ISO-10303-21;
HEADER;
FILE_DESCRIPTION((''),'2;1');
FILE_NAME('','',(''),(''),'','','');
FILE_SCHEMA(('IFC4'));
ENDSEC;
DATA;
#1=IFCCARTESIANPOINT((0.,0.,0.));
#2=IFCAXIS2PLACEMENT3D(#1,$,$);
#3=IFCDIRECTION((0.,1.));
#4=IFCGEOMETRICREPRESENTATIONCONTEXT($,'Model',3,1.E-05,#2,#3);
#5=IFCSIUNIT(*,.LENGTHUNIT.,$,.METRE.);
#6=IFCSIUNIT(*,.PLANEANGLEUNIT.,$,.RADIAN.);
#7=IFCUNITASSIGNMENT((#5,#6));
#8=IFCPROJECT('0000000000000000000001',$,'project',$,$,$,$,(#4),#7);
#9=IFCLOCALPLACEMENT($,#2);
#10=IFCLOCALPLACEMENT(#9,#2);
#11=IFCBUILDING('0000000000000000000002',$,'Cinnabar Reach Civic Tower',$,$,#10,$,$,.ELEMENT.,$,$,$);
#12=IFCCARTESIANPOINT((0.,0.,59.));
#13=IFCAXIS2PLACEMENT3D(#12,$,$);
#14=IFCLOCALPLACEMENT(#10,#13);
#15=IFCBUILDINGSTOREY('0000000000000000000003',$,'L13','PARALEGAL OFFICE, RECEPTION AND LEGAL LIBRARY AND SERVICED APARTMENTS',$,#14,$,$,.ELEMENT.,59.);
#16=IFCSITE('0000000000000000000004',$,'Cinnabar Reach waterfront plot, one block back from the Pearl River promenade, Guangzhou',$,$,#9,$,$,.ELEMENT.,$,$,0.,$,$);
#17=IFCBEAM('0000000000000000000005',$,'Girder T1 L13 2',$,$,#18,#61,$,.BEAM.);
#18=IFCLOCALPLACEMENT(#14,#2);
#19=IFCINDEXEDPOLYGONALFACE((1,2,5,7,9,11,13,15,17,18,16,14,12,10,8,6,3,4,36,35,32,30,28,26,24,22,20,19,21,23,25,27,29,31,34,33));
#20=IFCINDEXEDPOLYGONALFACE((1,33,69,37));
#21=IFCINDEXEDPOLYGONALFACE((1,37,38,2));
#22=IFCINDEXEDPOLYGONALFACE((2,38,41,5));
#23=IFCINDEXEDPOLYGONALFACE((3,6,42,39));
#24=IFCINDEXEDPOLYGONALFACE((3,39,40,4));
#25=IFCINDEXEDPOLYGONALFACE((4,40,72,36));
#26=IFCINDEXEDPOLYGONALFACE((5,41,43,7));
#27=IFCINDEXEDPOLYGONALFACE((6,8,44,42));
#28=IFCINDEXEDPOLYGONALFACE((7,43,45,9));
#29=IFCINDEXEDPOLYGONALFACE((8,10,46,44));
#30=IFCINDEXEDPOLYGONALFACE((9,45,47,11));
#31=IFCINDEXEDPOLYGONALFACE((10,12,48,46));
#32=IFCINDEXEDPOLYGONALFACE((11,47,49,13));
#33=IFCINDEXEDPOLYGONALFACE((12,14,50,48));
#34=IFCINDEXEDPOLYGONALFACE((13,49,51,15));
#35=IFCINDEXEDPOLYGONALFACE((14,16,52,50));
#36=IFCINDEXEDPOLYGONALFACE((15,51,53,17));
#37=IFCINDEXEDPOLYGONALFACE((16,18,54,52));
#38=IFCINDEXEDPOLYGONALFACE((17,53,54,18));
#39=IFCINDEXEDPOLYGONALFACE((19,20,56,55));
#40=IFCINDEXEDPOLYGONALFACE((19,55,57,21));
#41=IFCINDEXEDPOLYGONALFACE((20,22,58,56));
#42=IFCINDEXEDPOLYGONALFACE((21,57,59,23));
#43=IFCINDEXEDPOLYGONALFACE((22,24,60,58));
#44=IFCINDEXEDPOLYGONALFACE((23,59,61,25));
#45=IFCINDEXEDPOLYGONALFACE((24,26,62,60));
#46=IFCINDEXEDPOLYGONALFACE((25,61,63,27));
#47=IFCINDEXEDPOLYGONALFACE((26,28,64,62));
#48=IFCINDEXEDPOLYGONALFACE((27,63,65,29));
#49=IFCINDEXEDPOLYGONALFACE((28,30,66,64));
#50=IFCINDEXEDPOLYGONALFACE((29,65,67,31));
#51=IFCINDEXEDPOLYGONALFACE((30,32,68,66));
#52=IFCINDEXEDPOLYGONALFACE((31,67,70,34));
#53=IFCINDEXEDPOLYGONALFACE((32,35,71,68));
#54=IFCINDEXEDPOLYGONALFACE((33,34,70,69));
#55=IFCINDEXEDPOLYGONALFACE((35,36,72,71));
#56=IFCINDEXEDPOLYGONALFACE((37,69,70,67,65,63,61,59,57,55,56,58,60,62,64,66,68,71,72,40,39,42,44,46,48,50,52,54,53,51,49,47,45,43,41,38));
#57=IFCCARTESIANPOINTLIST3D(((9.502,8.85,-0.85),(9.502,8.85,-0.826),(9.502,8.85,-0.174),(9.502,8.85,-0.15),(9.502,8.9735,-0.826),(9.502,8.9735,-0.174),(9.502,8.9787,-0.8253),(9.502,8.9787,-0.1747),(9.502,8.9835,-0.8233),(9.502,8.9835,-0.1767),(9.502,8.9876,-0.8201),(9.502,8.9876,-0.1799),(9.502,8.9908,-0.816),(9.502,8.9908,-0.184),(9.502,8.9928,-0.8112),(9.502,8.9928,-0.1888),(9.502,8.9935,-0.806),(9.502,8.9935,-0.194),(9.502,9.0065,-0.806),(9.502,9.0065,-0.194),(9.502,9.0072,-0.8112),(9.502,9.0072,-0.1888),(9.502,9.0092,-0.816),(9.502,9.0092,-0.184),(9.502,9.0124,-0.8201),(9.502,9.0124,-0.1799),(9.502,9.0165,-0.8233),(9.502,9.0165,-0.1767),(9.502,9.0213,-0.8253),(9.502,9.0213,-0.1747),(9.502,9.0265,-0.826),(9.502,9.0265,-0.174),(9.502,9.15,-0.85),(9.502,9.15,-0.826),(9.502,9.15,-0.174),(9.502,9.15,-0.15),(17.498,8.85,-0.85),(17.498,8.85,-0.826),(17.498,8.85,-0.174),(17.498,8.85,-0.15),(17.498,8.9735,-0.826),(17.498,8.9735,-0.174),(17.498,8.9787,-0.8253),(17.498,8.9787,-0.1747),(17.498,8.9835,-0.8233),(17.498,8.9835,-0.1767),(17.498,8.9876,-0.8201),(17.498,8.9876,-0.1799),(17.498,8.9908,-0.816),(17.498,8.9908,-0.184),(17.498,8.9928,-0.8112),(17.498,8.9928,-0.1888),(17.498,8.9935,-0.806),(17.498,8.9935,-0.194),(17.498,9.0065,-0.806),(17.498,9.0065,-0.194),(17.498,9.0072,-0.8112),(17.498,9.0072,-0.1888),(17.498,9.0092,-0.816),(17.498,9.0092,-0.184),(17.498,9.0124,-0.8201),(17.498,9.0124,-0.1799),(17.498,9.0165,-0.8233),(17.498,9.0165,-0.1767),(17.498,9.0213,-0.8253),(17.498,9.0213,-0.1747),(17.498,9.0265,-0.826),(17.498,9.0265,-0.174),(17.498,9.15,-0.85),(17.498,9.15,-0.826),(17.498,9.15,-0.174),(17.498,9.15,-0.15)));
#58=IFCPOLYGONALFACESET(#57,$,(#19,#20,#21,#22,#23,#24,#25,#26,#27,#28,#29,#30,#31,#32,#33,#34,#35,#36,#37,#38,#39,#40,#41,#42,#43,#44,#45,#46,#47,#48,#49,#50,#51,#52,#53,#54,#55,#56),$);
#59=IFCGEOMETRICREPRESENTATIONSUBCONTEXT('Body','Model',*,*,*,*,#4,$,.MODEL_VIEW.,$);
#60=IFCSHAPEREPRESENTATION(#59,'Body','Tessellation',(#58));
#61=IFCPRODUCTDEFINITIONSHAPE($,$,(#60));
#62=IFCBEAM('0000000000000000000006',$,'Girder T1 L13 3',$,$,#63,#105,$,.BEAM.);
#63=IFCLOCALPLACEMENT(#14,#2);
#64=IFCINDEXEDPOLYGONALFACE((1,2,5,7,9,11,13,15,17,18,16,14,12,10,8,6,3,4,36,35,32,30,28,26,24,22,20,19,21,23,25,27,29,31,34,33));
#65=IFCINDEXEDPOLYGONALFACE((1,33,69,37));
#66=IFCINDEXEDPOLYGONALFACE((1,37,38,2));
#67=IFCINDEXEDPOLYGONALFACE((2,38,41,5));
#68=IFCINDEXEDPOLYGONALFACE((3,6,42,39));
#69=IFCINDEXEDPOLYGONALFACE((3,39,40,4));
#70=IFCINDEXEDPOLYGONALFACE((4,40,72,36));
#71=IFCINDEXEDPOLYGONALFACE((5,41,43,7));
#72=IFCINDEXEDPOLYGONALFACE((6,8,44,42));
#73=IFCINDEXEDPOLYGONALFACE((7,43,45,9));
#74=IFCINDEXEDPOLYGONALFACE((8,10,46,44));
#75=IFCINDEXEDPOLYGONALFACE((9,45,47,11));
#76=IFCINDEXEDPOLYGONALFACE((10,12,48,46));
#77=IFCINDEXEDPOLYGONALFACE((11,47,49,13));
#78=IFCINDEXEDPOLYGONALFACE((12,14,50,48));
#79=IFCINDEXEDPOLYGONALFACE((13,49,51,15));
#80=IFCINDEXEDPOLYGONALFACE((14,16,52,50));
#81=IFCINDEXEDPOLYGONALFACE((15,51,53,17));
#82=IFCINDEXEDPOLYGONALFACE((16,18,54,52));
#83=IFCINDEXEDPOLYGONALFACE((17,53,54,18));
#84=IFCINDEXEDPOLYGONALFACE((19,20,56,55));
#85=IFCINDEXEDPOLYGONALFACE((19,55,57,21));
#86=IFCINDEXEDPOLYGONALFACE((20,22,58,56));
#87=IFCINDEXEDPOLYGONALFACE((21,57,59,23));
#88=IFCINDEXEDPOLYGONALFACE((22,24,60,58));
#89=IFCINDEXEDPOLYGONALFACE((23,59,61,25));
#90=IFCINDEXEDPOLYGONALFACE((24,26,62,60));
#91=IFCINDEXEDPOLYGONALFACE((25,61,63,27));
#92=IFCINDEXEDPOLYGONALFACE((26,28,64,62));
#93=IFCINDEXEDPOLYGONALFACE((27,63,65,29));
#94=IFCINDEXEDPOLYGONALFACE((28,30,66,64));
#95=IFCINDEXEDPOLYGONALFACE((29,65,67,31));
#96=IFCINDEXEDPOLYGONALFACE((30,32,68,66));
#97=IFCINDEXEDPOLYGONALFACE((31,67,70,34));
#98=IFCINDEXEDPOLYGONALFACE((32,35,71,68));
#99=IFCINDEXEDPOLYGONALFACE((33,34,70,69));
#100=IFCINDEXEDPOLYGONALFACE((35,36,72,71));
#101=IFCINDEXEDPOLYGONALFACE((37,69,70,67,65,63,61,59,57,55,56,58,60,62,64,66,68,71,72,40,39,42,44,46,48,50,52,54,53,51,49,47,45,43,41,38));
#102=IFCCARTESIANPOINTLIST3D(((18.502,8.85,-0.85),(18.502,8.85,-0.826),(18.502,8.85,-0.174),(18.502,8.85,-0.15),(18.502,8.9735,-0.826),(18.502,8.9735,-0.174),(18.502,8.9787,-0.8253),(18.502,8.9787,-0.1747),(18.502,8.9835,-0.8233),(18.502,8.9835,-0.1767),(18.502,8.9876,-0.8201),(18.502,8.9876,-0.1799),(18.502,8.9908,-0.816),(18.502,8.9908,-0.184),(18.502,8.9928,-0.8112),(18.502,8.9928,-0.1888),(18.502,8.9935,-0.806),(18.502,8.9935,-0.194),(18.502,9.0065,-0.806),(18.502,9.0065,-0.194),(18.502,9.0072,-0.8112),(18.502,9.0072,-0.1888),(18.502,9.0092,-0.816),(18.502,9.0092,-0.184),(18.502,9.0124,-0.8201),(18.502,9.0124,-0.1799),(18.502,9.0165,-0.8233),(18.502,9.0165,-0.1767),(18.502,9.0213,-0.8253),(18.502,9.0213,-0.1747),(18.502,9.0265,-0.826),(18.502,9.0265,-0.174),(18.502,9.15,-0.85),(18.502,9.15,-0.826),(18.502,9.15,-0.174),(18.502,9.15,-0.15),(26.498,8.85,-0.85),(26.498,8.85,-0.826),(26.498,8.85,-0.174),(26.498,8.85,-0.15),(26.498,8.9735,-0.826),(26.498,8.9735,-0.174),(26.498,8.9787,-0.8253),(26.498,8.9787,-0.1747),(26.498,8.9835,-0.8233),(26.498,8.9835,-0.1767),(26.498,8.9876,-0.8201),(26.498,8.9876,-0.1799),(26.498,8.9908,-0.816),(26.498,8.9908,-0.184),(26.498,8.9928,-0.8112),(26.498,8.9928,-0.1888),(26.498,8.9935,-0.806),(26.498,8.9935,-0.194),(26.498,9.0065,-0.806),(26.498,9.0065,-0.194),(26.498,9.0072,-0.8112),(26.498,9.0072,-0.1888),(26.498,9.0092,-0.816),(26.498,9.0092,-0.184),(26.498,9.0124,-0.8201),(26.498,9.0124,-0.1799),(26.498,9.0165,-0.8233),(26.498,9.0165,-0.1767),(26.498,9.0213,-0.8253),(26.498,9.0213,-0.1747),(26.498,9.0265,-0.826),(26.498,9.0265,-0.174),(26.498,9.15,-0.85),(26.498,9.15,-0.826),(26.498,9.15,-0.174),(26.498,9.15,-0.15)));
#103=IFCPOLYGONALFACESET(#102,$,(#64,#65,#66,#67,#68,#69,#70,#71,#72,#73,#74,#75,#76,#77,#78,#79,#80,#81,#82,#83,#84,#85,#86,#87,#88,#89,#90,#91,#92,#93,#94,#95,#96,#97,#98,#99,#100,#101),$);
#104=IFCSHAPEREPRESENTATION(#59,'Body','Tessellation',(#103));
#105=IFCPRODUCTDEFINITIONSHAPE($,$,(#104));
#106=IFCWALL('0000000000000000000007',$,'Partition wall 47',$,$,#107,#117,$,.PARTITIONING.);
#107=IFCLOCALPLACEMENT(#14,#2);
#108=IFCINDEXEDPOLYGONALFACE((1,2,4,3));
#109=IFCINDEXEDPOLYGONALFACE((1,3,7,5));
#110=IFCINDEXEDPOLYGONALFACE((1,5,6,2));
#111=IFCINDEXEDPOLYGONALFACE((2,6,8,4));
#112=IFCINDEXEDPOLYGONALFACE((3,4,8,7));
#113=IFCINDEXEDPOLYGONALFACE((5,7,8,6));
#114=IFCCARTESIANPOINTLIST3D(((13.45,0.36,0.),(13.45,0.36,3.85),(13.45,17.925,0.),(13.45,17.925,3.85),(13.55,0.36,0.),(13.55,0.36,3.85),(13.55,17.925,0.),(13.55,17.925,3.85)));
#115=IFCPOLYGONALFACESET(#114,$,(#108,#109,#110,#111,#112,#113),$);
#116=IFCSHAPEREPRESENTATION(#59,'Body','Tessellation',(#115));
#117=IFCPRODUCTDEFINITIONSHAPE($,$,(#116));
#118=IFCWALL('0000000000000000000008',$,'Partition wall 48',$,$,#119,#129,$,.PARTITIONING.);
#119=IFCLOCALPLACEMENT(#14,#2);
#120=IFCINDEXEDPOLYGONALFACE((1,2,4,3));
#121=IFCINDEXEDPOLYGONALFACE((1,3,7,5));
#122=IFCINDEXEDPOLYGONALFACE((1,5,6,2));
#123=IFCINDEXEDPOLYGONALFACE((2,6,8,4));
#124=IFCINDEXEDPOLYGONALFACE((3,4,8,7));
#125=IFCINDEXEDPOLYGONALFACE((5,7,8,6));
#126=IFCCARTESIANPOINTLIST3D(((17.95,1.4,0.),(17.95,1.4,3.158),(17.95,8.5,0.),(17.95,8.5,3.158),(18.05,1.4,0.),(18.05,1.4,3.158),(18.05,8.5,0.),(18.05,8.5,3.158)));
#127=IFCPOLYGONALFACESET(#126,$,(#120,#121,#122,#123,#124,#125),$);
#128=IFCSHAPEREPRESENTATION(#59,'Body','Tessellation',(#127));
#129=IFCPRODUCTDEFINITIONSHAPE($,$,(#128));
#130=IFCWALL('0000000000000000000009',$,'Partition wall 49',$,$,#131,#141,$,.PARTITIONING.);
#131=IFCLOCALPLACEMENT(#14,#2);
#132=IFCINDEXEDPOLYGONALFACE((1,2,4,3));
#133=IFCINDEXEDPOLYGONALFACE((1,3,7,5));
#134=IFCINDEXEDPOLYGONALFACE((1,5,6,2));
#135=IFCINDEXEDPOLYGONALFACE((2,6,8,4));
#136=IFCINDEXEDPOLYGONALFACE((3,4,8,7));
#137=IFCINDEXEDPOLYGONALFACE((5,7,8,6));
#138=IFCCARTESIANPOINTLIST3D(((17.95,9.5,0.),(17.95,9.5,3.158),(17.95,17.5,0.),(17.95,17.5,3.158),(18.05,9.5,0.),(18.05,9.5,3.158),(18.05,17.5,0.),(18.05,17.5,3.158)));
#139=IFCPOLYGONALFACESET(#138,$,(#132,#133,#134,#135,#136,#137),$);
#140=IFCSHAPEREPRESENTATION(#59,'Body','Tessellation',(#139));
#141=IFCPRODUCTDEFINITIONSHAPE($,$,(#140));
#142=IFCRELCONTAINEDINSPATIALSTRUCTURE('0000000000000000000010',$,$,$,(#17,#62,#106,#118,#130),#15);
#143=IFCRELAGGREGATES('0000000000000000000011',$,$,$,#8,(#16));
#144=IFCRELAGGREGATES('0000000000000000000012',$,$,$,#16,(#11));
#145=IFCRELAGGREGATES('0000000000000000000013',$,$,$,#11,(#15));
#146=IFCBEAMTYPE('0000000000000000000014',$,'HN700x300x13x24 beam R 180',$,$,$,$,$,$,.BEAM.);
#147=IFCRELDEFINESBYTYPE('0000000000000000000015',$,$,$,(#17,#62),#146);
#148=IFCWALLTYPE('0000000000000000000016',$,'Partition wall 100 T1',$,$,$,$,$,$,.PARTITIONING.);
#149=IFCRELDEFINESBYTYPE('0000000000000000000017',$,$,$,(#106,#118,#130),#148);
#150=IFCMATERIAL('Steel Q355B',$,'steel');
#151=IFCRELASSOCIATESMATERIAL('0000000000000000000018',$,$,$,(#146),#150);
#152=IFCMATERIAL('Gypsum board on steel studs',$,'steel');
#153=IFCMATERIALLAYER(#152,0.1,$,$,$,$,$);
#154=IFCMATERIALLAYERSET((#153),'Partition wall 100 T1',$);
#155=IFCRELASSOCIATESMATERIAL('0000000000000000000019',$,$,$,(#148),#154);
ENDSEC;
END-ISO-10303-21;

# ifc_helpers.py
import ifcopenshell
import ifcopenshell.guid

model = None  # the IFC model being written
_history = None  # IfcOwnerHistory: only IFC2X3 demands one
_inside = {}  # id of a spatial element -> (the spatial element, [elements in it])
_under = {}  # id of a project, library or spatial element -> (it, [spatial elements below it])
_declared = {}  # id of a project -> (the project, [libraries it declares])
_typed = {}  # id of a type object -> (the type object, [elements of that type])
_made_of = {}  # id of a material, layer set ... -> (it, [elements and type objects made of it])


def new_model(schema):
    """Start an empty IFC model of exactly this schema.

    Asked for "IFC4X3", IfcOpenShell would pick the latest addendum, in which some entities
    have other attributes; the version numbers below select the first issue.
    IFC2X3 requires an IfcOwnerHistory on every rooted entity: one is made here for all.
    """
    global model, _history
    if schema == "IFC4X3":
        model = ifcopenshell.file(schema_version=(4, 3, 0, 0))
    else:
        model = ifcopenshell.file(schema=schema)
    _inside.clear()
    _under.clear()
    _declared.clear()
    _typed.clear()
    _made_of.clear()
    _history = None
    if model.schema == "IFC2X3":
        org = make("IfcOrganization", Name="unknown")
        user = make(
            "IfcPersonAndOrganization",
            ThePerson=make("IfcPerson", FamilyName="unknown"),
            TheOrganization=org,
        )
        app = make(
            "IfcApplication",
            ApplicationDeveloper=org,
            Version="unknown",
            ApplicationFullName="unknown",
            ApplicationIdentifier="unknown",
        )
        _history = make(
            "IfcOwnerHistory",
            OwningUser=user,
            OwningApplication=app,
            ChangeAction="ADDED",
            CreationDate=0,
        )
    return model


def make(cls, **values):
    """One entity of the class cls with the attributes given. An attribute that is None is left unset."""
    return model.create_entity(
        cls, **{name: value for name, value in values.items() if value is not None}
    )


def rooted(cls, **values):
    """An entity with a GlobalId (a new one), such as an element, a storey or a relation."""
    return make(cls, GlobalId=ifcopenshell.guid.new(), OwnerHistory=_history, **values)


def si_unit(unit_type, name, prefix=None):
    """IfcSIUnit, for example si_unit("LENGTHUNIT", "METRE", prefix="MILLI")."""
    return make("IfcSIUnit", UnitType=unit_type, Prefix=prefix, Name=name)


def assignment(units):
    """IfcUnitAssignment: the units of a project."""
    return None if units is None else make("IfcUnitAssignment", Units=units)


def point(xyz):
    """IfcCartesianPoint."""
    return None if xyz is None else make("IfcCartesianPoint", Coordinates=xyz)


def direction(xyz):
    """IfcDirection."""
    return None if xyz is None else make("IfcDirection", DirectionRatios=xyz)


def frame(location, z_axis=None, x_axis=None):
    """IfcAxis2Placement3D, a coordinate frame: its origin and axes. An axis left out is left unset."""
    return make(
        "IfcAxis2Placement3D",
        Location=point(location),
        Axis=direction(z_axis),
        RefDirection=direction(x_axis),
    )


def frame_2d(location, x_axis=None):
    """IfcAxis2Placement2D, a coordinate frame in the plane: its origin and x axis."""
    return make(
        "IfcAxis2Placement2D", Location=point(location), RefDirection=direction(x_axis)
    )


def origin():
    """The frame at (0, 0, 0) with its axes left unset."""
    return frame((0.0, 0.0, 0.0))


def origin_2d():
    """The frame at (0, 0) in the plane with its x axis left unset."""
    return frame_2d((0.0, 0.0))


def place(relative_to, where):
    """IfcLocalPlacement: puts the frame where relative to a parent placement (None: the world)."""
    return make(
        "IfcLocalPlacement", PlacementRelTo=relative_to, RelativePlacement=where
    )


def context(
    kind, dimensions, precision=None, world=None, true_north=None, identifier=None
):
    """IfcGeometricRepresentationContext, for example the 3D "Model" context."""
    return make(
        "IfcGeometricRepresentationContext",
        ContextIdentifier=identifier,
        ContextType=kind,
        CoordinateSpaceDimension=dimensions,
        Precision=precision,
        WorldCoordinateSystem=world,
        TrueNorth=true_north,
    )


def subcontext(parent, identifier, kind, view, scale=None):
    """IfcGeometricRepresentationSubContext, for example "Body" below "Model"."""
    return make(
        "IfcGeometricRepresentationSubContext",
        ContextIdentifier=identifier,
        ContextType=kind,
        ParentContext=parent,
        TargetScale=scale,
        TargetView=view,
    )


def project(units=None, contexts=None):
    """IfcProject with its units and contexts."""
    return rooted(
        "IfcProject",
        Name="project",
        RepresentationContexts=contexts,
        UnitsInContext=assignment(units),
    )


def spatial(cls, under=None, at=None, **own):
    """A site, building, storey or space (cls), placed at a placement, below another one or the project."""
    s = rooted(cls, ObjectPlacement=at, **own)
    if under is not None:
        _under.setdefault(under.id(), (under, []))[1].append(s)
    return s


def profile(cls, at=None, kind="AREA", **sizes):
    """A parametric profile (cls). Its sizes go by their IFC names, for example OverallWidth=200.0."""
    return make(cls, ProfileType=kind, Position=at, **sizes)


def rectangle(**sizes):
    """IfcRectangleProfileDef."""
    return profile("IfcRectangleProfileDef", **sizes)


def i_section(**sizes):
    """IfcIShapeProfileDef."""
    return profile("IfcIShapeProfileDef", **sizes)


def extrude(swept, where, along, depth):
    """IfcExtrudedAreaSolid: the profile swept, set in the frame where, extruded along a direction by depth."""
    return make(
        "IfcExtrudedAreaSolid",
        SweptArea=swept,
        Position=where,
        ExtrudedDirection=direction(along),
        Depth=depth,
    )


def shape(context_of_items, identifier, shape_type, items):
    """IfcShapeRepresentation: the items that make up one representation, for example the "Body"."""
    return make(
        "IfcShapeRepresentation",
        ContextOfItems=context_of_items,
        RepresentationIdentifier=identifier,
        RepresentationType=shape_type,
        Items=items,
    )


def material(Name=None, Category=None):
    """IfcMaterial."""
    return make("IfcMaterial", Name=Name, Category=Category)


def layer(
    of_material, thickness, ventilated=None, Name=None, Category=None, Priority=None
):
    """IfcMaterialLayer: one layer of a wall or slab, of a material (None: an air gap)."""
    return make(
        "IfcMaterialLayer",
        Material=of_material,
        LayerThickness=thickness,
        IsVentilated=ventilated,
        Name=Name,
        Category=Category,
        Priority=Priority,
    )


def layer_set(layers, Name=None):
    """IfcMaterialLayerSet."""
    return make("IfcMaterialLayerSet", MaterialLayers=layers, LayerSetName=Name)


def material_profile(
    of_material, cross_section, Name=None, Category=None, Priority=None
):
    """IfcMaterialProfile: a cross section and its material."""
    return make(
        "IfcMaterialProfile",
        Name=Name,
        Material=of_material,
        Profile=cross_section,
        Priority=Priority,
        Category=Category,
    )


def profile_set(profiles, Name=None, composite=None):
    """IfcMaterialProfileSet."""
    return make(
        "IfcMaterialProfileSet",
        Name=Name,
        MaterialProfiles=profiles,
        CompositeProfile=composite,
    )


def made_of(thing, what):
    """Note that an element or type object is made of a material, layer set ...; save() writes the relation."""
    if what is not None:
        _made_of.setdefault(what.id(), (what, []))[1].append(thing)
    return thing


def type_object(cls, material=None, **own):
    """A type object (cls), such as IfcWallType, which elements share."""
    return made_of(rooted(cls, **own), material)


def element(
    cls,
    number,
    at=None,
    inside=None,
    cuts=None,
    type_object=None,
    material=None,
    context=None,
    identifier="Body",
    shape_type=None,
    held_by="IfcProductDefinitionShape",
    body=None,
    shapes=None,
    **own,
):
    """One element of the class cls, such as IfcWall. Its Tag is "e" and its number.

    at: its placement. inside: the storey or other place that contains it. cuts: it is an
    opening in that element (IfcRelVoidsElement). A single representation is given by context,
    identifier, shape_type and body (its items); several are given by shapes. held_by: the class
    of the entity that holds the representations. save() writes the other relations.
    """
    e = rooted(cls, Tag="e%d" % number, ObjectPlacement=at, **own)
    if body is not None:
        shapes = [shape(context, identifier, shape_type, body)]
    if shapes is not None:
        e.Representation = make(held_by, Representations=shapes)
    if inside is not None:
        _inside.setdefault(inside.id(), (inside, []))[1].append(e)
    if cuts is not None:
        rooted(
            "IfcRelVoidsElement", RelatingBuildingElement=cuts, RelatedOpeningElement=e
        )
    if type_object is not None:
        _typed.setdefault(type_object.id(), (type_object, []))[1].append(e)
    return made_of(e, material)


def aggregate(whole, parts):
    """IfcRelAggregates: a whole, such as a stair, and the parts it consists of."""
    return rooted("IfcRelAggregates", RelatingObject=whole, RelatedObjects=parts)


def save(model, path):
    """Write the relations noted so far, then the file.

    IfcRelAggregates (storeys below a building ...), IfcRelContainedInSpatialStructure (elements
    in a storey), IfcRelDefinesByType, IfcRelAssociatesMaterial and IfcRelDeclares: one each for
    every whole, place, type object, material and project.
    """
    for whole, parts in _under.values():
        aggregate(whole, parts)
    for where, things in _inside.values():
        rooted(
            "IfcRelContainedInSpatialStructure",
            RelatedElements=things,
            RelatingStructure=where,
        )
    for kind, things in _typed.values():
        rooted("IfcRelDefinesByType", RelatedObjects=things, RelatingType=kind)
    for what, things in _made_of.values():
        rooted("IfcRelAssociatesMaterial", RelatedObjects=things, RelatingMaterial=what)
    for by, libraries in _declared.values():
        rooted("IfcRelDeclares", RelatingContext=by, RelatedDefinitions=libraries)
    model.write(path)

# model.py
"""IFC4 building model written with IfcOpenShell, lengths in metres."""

from ifc_helpers import new_model, si_unit, direction, frame, frame_2d, origin, origin_2d, place, context, subcontext, project, spatial, rectangle, i_section, extrude, material, layer, layer_set, material_profile, profile_set, type_object, element, save


model = new_model("IFC4")

# Units and contexts
model_context = context("Model", 3, precision=1e-05, world=origin(), true_north=direction((0.0, 1.0)))
body_context = subcontext(model_context, "Body", "Model", "MODEL_VIEW")
ifc_project = project(units=[si_unit("LENGTHUNIT", "METRE"), si_unit("PLANEANGLEUNIT", "RADIAN")], contexts=[model_context])

# Site, building, storey
site_placement = place(None, origin())
site = spatial("IfcSite", under=ifc_project, at=site_placement, Name="Cinnabar Reach waterfront plot, one block back from the Pearl River promenade, Guangzhou", CompositionType="ELEMENT", RefElevation=0.0)
building_placement = place(site_placement, origin())
building = spatial("IfcBuilding", under=site, at=building_placement, Name="Cinnabar Reach Civic Tower", CompositionType="ELEMENT")
storey_placement = place(building_placement, frame((0.0, 0.0, 59.0)))
storey = spatial("IfcBuildingStorey", under=building, at=storey_placement, Name="L13", Description="PARALEGAL OFFICE, RECEPTION AND LEGAL LIBRARY AND SERVICED APARTMENTS", CompositionType="ELEMENT", Elevation=59.0)

# Beams
ifc_material_1 = material(Name="Steel Q355B", Category="steel")
ifc_material_profile_1 = material_profile(ifc_material_1, i_section(OverallWidth=0.3, OverallDepth=0.7, WebThickness=0.013, FlangeThickness=0.024, FilletRadius=0.02, at=origin_2d()), Name="HN700x300x13x24")
ifc_profile_set_1 = profile_set([ifc_material_profile_1], Name="Steel Q355B")
beam_type_1 = type_object("IfcBeamType", Name="HN700x300x13x24 beam R 180", PredefinedType="BEAM", material=ifc_profile_set_1)
for number, where, z_axis, x_axis, name in (
    (1, (9.502, 9.0, -0.5), (1.0, 0.0, 0.0), (0.0, 1.0, 0.0), "Girder T1 L13 2"),
    (2, (18.502, 9.0, -0.5), (1.0, 0.0, 0.0), (0.0, 1.0, 0.0), "Girder T1 L13 3"),
):
    element("IfcBeam", number, at=place(storey_placement, frame(where, z_axis=z_axis, x_axis=x_axis)), inside=storey, type_object=beam_type_1, Name=name, PredefinedType="BEAM", context=body_context, shape_type="SweptSolid", body=[
        extrude(i_section(OverallWidth=0.3, OverallDepth=0.7, WebThickness=0.013, FlangeThickness=0.024, FilletRadius=0.02, at=origin_2d()), origin(), (0.0, 0.0, 1.0), 7.996),
    ])

# Walls
ifc_material_2 = material(Name="Gypsum board on steel studs", Category="steel")
ifc_layer = layer(ifc_material_2, 0.1)
ifc_layer_set = layer_set([ifc_layer], Name="Partition wall 100 T1")
wall_type = type_object("IfcWallType", Name="Partition wall 100 T1", PredefinedType="PARTITIONING", material=ifc_layer_set)
wall_1_placement = place(storey_placement, frame((13.5, 0.36, 0.0), z_axis=(0.0, 0.0, 1.0), x_axis=(0.0, 1.0, 0.0)))
element("IfcWall", 3, at=wall_1_placement, inside=storey, type_object=wall_type, Name="Partition wall 47", PredefinedType="PARTITIONING", context=body_context, shape_type="SweptSolid", body=[
    extrude(rectangle(XDim=17.565, YDim=0.1, at=frame_2d((8.7825, 0.0))), origin(), (0.0, 0.0, 1.0), 3.85),
])
wall_2_placement = place(storey_placement, frame((18.0, 1.4, 0.0), z_axis=(0.0, 0.0, 1.0), x_axis=(0.0, 1.0, 0.0)))
element("IfcWall", 4, at=wall_2_placement, inside=storey, type_object=wall_type, Name="Partition wall 48", PredefinedType="PARTITIONING", context=body_context, shape_type="SweptSolid", body=[
    extrude(rectangle(XDim=7.1, YDim=0.1, at=frame_2d((3.55, 0.0))), origin(), (0.0, 0.0, 1.0), 3.158),
])
wall_3_placement = place(storey_placement, frame((18.0, 9.5, 0.0), z_axis=(0.0, 0.0, 1.0), x_axis=(0.0, 1.0, 0.0)))
element("IfcWall", 5, at=wall_3_placement, inside=storey, type_object=wall_type, Name="Partition wall 49", PredefinedType="PARTITIONING", context=body_context, shape_type="SweptSolid", body=[
    extrude(rectangle(XDim=8.0, YDim=0.1, at=frame_2d((4.0, 0.0))), origin(), (0.0, 0.0, 1.0), 3.158),
])

save(model, "model.ifc")
